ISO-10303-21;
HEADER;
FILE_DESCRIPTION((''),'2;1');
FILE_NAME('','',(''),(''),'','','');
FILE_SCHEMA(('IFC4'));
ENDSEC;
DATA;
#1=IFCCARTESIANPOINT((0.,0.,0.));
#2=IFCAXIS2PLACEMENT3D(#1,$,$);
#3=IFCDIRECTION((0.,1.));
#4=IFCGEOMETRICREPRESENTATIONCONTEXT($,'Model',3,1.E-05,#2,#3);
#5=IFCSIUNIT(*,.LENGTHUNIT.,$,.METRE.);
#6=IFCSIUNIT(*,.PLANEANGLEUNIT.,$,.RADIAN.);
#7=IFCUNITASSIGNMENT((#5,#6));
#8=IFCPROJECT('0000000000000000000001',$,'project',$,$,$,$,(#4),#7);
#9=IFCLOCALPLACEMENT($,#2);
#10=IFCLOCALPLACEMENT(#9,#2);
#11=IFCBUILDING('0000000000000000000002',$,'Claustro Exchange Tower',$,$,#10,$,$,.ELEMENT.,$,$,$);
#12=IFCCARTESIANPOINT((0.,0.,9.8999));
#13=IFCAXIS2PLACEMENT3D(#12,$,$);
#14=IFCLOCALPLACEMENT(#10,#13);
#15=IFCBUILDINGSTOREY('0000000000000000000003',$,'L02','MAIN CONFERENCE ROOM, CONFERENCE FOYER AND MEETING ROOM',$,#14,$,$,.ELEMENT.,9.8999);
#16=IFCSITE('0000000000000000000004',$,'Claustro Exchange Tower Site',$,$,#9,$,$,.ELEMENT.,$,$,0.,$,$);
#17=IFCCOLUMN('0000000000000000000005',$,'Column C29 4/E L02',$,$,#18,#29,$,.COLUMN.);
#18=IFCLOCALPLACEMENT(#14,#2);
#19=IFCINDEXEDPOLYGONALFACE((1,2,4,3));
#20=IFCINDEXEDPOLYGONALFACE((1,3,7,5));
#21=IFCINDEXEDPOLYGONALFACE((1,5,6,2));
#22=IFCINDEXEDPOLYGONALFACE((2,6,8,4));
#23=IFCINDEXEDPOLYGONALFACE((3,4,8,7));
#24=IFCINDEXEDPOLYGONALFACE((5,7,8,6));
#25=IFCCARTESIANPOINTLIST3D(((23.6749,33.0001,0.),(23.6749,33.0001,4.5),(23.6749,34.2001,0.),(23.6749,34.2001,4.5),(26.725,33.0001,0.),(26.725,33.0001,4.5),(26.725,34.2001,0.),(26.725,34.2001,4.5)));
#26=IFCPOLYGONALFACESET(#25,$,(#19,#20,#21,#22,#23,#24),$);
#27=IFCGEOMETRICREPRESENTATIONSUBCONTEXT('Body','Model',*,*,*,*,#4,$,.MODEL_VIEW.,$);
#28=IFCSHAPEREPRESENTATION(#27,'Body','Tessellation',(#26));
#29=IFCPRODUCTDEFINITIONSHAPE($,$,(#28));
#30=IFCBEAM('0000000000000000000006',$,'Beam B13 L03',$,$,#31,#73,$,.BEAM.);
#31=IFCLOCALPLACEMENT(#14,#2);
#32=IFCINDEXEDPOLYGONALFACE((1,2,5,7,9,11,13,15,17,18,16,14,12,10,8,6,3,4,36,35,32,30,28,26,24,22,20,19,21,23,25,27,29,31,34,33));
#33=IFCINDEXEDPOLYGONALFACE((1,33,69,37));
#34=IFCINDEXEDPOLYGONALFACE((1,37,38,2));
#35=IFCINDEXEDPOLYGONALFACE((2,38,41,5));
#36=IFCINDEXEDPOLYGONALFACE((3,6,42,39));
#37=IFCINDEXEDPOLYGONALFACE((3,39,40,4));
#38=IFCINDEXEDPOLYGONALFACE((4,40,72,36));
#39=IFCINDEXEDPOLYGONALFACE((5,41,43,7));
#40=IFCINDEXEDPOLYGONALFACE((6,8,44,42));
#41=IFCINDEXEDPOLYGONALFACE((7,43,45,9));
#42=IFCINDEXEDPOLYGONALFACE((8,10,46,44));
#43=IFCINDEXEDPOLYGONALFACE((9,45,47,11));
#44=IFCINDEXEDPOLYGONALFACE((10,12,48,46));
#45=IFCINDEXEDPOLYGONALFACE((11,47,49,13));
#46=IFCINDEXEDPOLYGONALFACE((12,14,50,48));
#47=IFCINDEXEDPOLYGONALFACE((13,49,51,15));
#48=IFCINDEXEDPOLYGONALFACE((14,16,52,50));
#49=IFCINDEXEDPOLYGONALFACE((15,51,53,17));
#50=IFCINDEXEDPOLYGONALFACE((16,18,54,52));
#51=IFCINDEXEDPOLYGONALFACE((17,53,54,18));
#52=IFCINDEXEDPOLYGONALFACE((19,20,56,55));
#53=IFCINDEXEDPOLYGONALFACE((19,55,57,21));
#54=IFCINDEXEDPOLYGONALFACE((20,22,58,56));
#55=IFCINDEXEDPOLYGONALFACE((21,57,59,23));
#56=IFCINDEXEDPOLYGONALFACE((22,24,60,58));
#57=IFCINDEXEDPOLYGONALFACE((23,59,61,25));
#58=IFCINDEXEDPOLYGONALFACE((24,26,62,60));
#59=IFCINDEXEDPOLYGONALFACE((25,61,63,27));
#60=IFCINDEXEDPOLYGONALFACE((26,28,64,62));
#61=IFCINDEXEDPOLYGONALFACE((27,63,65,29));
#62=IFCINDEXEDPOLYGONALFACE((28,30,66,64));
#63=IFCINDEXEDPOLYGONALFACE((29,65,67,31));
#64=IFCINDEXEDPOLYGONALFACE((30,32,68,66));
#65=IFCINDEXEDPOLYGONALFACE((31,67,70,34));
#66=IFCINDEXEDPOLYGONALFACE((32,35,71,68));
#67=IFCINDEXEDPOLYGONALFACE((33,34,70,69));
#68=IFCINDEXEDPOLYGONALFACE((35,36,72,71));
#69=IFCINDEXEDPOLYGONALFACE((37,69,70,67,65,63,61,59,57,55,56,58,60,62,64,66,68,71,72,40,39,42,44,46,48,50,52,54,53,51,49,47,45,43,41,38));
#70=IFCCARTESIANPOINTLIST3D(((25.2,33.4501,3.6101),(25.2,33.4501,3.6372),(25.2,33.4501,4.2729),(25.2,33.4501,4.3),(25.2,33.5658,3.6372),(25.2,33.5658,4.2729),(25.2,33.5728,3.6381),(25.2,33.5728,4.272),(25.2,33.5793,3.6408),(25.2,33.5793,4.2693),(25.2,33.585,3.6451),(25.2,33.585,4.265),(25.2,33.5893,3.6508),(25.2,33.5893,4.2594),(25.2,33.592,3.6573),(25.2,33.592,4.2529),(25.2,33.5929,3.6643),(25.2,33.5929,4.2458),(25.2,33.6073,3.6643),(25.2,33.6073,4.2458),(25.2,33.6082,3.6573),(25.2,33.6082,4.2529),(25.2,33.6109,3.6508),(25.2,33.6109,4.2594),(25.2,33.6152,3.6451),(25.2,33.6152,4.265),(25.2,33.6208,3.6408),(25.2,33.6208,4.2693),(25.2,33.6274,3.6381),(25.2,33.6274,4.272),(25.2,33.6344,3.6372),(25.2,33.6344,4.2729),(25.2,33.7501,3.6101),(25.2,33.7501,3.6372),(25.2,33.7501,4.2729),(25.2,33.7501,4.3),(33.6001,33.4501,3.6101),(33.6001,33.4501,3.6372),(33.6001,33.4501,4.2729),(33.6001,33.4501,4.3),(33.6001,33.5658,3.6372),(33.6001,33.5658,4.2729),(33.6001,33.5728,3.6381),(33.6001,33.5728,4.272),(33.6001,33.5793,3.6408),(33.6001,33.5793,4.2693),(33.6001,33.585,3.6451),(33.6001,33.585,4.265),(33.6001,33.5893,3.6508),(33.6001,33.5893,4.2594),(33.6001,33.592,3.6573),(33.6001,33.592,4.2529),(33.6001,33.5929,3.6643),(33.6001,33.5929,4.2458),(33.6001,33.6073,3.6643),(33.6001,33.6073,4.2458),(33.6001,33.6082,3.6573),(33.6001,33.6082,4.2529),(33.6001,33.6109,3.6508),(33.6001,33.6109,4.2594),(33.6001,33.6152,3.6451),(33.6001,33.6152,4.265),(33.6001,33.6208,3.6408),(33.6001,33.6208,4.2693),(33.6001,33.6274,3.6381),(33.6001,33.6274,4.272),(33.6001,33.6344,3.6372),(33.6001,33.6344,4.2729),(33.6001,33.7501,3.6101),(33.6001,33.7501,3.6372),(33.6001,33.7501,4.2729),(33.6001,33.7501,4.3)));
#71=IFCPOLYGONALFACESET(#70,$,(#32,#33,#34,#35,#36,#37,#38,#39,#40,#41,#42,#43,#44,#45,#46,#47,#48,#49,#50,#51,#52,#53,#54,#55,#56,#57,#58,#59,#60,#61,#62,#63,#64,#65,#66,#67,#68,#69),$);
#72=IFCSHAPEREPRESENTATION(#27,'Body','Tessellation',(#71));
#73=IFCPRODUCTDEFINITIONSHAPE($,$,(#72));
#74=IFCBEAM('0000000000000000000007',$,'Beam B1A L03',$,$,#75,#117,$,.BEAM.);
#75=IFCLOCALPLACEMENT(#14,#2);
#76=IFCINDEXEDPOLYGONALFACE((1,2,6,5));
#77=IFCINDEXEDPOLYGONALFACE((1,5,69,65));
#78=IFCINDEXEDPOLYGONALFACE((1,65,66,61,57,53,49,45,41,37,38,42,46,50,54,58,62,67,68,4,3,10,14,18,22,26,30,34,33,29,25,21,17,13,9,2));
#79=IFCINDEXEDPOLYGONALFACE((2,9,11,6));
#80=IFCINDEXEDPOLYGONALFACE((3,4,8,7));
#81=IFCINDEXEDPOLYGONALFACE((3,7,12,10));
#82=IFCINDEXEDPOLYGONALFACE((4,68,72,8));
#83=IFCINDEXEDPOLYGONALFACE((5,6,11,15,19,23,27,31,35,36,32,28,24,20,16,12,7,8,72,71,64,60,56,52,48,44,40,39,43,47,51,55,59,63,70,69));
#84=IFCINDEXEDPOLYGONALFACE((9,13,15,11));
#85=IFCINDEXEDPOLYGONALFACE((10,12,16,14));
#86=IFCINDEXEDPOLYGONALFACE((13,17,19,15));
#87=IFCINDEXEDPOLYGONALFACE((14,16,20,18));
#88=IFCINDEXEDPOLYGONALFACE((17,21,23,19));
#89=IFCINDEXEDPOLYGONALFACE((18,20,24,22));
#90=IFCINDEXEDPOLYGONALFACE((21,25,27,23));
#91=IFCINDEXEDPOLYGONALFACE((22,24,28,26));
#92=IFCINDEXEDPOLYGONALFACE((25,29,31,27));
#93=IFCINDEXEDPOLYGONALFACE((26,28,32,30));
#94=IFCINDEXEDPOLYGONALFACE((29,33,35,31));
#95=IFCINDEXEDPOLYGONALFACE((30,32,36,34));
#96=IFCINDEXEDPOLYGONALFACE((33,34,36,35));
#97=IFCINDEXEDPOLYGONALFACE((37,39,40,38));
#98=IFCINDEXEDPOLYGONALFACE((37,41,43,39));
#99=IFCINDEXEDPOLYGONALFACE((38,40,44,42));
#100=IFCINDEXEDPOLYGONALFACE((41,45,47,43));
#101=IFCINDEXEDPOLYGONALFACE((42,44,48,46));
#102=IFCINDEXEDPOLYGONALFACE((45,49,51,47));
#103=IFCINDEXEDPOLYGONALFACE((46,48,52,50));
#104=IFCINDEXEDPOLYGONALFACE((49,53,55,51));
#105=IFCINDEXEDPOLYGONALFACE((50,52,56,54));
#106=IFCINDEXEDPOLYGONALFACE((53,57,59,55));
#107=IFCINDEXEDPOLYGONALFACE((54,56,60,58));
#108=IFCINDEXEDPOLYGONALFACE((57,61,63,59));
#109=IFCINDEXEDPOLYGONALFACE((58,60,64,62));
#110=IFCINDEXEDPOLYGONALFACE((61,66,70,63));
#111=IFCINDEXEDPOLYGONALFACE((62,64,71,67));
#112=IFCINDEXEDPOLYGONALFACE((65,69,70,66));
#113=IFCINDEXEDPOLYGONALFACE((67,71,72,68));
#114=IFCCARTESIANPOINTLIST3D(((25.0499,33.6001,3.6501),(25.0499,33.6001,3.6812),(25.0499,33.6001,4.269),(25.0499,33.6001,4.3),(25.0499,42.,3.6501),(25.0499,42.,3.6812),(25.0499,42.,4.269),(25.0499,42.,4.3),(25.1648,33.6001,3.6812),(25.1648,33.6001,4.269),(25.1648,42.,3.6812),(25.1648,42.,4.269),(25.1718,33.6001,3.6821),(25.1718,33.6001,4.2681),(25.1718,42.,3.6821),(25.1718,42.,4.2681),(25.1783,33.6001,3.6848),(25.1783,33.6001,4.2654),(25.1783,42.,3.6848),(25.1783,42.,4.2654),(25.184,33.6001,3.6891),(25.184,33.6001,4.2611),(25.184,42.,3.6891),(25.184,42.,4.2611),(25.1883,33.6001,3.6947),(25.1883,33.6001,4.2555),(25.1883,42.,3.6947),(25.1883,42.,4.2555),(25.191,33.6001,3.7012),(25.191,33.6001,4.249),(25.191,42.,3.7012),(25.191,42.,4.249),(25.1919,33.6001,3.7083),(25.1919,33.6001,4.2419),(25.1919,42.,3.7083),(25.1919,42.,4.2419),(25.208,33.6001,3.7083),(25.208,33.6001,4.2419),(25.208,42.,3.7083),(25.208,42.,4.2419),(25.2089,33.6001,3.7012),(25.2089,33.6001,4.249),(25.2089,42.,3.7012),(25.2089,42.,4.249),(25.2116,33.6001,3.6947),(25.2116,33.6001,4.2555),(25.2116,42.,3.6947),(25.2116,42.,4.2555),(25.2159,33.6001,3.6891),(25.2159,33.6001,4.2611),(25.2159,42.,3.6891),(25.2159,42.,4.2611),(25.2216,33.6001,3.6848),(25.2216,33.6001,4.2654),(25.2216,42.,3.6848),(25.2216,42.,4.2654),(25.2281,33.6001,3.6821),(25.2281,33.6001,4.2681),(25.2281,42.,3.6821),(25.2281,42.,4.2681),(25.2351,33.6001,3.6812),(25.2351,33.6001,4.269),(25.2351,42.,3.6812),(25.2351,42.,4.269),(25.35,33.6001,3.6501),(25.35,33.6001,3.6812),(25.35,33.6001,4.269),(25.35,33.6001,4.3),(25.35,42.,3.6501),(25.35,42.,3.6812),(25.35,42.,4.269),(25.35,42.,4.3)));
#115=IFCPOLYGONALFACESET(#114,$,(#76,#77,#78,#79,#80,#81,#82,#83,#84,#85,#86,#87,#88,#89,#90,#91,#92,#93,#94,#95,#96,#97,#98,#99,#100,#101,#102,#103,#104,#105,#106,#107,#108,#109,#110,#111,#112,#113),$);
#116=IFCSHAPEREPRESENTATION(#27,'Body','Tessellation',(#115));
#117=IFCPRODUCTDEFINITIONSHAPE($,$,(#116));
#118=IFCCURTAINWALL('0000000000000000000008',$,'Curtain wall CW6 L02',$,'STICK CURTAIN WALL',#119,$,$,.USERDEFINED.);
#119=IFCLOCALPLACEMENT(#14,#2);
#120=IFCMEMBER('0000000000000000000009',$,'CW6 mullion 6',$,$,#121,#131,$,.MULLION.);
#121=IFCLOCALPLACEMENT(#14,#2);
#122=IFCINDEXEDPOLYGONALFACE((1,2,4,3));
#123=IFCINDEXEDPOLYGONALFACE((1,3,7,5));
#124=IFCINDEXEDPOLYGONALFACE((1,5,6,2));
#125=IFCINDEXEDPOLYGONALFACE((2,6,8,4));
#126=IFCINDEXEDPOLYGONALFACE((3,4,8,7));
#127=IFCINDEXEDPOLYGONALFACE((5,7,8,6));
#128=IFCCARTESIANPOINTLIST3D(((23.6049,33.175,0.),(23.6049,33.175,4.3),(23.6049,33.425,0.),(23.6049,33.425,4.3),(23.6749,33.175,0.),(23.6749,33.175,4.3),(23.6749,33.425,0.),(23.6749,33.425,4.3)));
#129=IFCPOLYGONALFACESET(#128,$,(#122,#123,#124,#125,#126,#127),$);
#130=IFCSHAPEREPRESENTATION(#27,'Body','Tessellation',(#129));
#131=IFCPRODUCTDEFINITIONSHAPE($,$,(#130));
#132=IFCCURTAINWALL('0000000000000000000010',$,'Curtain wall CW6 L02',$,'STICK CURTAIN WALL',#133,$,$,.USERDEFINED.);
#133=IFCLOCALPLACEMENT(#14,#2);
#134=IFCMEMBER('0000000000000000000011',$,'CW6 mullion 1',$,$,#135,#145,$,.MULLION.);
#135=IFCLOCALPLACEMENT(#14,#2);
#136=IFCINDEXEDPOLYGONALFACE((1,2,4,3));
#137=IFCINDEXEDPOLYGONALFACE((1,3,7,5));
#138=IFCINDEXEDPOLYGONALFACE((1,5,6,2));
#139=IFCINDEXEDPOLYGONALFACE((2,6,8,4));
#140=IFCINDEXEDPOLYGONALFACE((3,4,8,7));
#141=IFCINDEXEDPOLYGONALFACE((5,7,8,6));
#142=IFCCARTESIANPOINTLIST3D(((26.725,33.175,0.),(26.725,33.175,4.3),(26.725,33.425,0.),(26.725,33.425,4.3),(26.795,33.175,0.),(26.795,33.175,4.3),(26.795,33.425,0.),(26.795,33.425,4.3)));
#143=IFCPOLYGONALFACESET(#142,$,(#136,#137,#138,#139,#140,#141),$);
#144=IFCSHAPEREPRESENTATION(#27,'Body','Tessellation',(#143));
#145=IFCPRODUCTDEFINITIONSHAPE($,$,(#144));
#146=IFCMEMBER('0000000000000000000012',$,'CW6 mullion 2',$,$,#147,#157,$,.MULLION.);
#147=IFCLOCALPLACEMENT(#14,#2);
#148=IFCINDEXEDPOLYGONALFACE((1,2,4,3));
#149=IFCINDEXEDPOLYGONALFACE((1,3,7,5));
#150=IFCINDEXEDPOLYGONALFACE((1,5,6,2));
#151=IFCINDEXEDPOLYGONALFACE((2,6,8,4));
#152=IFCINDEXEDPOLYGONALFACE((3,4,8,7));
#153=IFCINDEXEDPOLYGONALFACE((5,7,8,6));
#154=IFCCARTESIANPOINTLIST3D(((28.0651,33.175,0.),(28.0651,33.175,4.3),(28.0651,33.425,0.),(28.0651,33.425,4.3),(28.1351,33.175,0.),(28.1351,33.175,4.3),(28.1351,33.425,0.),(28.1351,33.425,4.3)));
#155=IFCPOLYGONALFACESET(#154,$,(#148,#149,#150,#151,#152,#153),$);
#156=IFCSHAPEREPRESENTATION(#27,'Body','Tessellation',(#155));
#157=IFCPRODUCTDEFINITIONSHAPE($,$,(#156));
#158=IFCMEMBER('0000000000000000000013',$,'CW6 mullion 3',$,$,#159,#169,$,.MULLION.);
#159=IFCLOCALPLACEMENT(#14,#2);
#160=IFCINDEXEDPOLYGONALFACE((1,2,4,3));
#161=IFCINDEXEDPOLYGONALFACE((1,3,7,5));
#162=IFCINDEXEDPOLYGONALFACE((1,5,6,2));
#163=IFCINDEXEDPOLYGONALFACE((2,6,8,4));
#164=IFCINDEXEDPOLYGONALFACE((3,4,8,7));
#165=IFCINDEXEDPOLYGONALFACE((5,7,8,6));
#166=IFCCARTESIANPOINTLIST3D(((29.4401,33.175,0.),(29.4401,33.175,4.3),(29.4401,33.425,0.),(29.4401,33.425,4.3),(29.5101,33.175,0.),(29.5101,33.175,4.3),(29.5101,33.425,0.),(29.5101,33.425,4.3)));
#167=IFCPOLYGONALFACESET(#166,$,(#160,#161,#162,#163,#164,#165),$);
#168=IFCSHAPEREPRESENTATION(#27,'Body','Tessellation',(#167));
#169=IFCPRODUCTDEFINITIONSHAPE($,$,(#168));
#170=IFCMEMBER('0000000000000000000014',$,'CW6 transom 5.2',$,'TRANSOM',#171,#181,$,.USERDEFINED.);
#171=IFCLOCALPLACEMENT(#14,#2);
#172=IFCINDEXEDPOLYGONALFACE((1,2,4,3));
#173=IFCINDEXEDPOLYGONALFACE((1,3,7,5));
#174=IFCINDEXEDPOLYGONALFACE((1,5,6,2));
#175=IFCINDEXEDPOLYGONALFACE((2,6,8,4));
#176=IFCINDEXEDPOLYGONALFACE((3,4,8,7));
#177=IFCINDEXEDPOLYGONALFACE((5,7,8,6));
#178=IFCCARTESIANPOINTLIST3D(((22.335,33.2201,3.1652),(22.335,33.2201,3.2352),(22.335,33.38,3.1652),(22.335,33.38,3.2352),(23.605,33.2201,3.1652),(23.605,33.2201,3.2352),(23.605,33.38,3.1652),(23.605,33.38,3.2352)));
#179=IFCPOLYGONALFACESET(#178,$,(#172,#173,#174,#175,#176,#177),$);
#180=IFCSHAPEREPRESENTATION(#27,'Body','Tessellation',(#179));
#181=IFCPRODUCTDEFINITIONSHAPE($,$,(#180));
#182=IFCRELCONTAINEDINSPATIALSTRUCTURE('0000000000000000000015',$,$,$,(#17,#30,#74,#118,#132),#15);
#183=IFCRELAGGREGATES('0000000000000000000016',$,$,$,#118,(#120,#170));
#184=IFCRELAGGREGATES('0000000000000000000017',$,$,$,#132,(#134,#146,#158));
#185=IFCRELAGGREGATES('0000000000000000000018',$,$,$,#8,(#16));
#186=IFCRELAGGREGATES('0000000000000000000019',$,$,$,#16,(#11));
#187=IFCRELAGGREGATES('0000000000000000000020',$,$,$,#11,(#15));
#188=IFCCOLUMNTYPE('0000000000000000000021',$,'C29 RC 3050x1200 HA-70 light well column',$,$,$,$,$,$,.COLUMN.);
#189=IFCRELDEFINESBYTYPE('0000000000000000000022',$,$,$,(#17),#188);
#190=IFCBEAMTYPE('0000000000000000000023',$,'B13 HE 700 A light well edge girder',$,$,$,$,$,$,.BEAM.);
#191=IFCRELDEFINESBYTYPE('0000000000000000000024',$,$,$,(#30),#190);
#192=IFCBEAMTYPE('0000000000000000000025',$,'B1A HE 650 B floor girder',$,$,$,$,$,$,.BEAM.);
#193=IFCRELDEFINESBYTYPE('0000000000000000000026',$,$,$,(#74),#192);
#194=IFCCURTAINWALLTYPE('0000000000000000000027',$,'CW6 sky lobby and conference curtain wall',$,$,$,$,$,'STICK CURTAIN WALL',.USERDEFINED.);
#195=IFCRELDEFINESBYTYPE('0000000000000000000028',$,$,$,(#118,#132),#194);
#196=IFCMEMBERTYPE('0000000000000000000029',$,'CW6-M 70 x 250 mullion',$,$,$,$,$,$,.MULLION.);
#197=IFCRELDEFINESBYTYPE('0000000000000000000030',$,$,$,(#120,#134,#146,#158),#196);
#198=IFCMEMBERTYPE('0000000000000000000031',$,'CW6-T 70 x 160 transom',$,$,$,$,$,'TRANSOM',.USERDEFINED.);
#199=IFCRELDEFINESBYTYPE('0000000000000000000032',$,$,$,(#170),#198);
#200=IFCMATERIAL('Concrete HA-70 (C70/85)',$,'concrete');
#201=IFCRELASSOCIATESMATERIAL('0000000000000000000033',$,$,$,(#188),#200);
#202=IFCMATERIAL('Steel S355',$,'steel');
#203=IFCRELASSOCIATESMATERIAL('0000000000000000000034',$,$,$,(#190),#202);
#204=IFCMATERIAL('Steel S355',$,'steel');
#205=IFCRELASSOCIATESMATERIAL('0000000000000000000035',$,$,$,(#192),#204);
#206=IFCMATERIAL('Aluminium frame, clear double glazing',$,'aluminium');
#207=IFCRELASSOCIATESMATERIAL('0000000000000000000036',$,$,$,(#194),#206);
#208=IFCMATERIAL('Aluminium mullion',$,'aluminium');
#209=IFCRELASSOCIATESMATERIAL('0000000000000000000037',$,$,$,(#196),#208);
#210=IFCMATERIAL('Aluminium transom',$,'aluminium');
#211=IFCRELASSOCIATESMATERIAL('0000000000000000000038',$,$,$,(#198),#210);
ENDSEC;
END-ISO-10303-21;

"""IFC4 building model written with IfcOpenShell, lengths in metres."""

from ifc_helpers import new_model, si_unit, direction, frame, origin, origin_2d, place, context, subcontext, project, spatial, rectangle, i_section, extrude, material, material_profile, profile_set, type_object, element, aggregate, save


model = new_model("IFC4")

# Units and contexts
model_context = context("Model", 3, precision=1e-05, world=origin(), true_north=direction((0.0, 1.0)))
body_context = subcontext(model_context, "Body", "Model", "MODEL_VIEW")
ifc_project = project(units=[si_unit("LENGTHUNIT", "METRE"), si_unit("PLANEANGLEUNIT", "RADIAN")], contexts=[model_context])

# Site, building, storey
site_placement = place(None, origin())
site = spatial("IfcSite", under=ifc_project, at=site_placement, Name="Claustro Exchange Tower Site", CompositionType="ELEMENT", RefElevation=0.0)
building_placement = place(site_placement, origin())
building = spatial("IfcBuilding", under=site, at=building_placement, Name="Claustro Exchange Tower", CompositionType="ELEMENT")
storey_placement = place(building_placement, frame((0.0, 0.0, 9.8999)))
storey = spatial("IfcBuildingStorey", under=building, at=storey_placement, Name="L02", Description="MAIN CONFERENCE ROOM, CONFERENCE FOYER AND MEETING ROOM", CompositionType="ELEMENT", Elevation=9.8999)

# Column
ifc_material_1 = material(Name="Concrete HA-70 (C70/85)", Category="concrete")
ifc_material_profile_1 = material_profile(ifc_material_1, rectangle(XDim=3.05, YDim=1.2, at=origin_2d()), Name="RC 3050x1200")
ifc_profile_set_1 = profile_set([ifc_material_profile_1], Name="Concrete HA-70 (C70/85)")
column_type = type_object("IfcColumnType", Name="C29 RC 3050x1200 HA-70 light well column", PredefinedType="COLUMN", material=ifc_profile_set_1)
column_placement = place(storey_placement, frame((25.2, 33.6001, 0.0), z_axis=(0.0, 0.0, 1.0), x_axis=(1.0, 0.0, 0.0)))
element("IfcColumn", 1, at=column_placement, inside=storey, type_object=column_type, Name="Column C29 4/E L02", PredefinedType="COLUMN", context=body_context, shape_type="SweptSolid", body=[
    extrude(rectangle(XDim=3.05, YDim=1.2, at=origin_2d()), origin(), (0.0, 0.0, 1.0), 4.5),
])

# Beams
ifc_material_2 = material(Name="Steel S355", Category="steel")
ifc_material_profile_2 = material_profile(ifc_material_2, i_section(OverallWidth=0.3, OverallDepth=0.6899, WebThickness=0.0144, FlangeThickness=0.0271, FilletRadius=0.0271, at=origin_2d()), Name="HE 700 A")
ifc_profile_set_2 = profile_set([ifc_material_profile_2], Name="Steel S355")
beam_type_1 = type_object("IfcBeamType", Name="B13 HE 700 A light well edge girder", PredefinedType="BEAM", material=ifc_profile_set_2)
beam_1_placement = place(storey_placement, frame((25.2, 33.6001, 3.9551), z_axis=(1.0, 0.0, 0.0), x_axis=(0.0, 1.0, 0.0)))
element("IfcBeam", 2, at=beam_1_placement, inside=storey, type_object=beam_type_1, Name="Beam B13 L03", PredefinedType="BEAM", context=body_context, shape_type="SweptSolid", body=[
    extrude(i_section(OverallWidth=0.3, OverallDepth=0.6899, WebThickness=0.0144, FlangeThickness=0.0271, FilletRadius=0.0271, at=origin_2d()), origin(), (0.0, 0.0, 1.0), 8.4001),
])
ifc_material_3 = material(Name="Steel S355", Category="steel")
ifc_material_profile_3 = material_profile(ifc_material_3, i_section(OverallWidth=0.3, OverallDepth=0.6499, WebThickness=0.0161, FlangeThickness=0.031, FilletRadius=0.0271, at=origin_2d()), Name="HE 650 B")
ifc_profile_set_3 = profile_set([ifc_material_profile_3], Name="Steel S355")
beam_type_2 = type_object("IfcBeamType", Name="B1A HE 650 B floor girder", PredefinedType="BEAM", material=ifc_profile_set_3)
beam_2_placement = place(storey_placement, frame((25.2, 33.6001, 3.9751), z_axis=(0.0, 1.0, 0.0), x_axis=(-1.0, 0.0, 0.0)))
element("IfcBeam", 3, at=beam_2_placement, inside=storey, type_object=beam_type_2, Name="Beam B1A L03", PredefinedType="BEAM", context=body_context, shape_type="SweptSolid", body=[
    extrude(i_section(OverallWidth=0.3, OverallDepth=0.6499, WebThickness=0.0161, FlangeThickness=0.031, FilletRadius=0.0271, at=origin_2d()), origin(), (0.0, 0.0, 1.0), 8.3999),
])

# Curtain wall, member
ifc_material_4 = material(Name="Aluminium frame, clear double glazing", Category="aluminium")
curtain_wall_type = type_object("IfcCurtainWallType", Name="CW6 sky lobby and conference curtain wall", ElementType="STICK CURTAIN WALL", PredefinedType="USERDEFINED", material=ifc_material_4)
curtain_wall_1_placement = place(storey_placement, origin())
curtain_wall_1 = element("IfcCurtainWall", 4, at=curtain_wall_1_placement, inside=storey, type_object=curtain_wall_type, Name="Curtain wall CW6 L02", ObjectType="STICK CURTAIN WALL", PredefinedType="USERDEFINED")
ifc_material_5 = material(Name="Aluminium mullion", Category="aluminium")
ifc_material_profile_4 = material_profile(ifc_material_5, rectangle(XDim=0.25, YDim=0.0701, at=origin_2d()), Name="CW6-M 70x250")
ifc_profile_set_4 = profile_set([ifc_material_profile_4], Name="Aluminium mullion")
member_type_1 = type_object("IfcMemberType", Name="CW6-M 70 x 250 mullion", PredefinedType="MULLION", material=ifc_profile_set_4)
member_1_placement = place(storey_placement, frame((23.6399, 33.3, 0.0), z_axis=(0.0, 0.0, 1.0), x_axis=(0.0, 1.0, 0.0)))
member_1 = element("IfcMember", 5, at=member_1_placement, type_object=member_type_1, Name="CW6 mullion 6", PredefinedType="MULLION", context=body_context, shape_type="SweptSolid", body=[
    extrude(rectangle(XDim=0.25, YDim=0.0701, at=origin_2d()), origin(), (0.0, 0.0, 1.0), 4.3),
])

# Curtain wall, members
curtain_wall_2_placement = place(storey_placement, origin())
curtain_wall_2 = element("IfcCurtainWall", 6, at=curtain_wall_2_placement, inside=storey, type_object=curtain_wall_type, Name="Curtain wall CW6 L02", ObjectType="STICK CURTAIN WALL", PredefinedType="USERDEFINED")
member_2_placement = place(storey_placement, frame((26.76, 33.3, 0.0), z_axis=(0.0, 0.0, 1.0), x_axis=(0.0, 1.0, 0.0)))
member_2 = element("IfcMember", 7, at=member_2_placement, type_object=member_type_1, Name="CW6 mullion 1", PredefinedType="MULLION", context=body_context, shape_type="SweptSolid", body=[
    extrude(rectangle(XDim=0.25, YDim=0.0701, at=origin_2d()), origin(), (0.0, 0.0, 1.0), 4.3),
])
member_3_placement = place(storey_placement, frame((28.1001, 33.3, 0.0), z_axis=(0.0, 0.0, 1.0), x_axis=(0.0, 1.0, 0.0)))
member_3 = element("IfcMember", 8, at=member_3_placement, type_object=member_type_1, Name="CW6 mullion 2", PredefinedType="MULLION", context=body_context, shape_type="SweptSolid", body=[
    extrude(rectangle(XDim=0.25, YDim=0.0701, at=origin_2d()), origin(), (0.0, 0.0, 1.0), 4.3),
])
member_4_placement = place(storey_placement, frame((29.4751, 33.3, 0.0), z_axis=(0.0, 0.0, 1.0), x_axis=(0.0, 1.0, 0.0)))
member_4 = element("IfcMember", 9, at=member_4_placement, type_object=member_type_1, Name="CW6 mullion 3", PredefinedType="MULLION", context=body_context, shape_type="SweptSolid", body=[
    extrude(rectangle(XDim=0.25, YDim=0.0701, at=origin_2d()), origin(), (0.0, 0.0, 1.0), 4.3),
])

# Member
ifc_material_6 = material(Name="Aluminium transom", Category="aluminium")
ifc_material_profile_5 = material_profile(ifc_material_6, rectangle(XDim=0.1599, YDim=0.0701, at=origin_2d()), Name="CW6-T 70x160")
ifc_profile_set_5 = profile_set([ifc_material_profile_5], Name="Aluminium transom")
member_type_2 = type_object("IfcMemberType", Name="CW6-T 70 x 160 transom", ElementType="TRANSOM", PredefinedType="USERDEFINED", material=ifc_profile_set_5)
member_5_placement = place(storey_placement, frame((22.335, 33.3, 3.2002), z_axis=(1.0, 0.0, 0.0), x_axis=(0.0, 1.0, 0.0)))
member_5 = element("IfcMember", 10, at=member_5_placement, type_object=member_type_2, Name="CW6 transom 5.2", ObjectType="TRANSOM", PredefinedType="USERDEFINED", context=body_context, shape_type="SweptSolid", body=[
    extrude(rectangle(XDim=0.1599, YDim=0.0701, at=origin_2d()), origin(), (0.0, 0.0, 1.0), 1.27),
])

aggregate(curtain_wall_1, [member_1, member_5])
aggregate(curtain_wall_2, [member_2, member_3, member_4])

save(model, "model.ifc")
